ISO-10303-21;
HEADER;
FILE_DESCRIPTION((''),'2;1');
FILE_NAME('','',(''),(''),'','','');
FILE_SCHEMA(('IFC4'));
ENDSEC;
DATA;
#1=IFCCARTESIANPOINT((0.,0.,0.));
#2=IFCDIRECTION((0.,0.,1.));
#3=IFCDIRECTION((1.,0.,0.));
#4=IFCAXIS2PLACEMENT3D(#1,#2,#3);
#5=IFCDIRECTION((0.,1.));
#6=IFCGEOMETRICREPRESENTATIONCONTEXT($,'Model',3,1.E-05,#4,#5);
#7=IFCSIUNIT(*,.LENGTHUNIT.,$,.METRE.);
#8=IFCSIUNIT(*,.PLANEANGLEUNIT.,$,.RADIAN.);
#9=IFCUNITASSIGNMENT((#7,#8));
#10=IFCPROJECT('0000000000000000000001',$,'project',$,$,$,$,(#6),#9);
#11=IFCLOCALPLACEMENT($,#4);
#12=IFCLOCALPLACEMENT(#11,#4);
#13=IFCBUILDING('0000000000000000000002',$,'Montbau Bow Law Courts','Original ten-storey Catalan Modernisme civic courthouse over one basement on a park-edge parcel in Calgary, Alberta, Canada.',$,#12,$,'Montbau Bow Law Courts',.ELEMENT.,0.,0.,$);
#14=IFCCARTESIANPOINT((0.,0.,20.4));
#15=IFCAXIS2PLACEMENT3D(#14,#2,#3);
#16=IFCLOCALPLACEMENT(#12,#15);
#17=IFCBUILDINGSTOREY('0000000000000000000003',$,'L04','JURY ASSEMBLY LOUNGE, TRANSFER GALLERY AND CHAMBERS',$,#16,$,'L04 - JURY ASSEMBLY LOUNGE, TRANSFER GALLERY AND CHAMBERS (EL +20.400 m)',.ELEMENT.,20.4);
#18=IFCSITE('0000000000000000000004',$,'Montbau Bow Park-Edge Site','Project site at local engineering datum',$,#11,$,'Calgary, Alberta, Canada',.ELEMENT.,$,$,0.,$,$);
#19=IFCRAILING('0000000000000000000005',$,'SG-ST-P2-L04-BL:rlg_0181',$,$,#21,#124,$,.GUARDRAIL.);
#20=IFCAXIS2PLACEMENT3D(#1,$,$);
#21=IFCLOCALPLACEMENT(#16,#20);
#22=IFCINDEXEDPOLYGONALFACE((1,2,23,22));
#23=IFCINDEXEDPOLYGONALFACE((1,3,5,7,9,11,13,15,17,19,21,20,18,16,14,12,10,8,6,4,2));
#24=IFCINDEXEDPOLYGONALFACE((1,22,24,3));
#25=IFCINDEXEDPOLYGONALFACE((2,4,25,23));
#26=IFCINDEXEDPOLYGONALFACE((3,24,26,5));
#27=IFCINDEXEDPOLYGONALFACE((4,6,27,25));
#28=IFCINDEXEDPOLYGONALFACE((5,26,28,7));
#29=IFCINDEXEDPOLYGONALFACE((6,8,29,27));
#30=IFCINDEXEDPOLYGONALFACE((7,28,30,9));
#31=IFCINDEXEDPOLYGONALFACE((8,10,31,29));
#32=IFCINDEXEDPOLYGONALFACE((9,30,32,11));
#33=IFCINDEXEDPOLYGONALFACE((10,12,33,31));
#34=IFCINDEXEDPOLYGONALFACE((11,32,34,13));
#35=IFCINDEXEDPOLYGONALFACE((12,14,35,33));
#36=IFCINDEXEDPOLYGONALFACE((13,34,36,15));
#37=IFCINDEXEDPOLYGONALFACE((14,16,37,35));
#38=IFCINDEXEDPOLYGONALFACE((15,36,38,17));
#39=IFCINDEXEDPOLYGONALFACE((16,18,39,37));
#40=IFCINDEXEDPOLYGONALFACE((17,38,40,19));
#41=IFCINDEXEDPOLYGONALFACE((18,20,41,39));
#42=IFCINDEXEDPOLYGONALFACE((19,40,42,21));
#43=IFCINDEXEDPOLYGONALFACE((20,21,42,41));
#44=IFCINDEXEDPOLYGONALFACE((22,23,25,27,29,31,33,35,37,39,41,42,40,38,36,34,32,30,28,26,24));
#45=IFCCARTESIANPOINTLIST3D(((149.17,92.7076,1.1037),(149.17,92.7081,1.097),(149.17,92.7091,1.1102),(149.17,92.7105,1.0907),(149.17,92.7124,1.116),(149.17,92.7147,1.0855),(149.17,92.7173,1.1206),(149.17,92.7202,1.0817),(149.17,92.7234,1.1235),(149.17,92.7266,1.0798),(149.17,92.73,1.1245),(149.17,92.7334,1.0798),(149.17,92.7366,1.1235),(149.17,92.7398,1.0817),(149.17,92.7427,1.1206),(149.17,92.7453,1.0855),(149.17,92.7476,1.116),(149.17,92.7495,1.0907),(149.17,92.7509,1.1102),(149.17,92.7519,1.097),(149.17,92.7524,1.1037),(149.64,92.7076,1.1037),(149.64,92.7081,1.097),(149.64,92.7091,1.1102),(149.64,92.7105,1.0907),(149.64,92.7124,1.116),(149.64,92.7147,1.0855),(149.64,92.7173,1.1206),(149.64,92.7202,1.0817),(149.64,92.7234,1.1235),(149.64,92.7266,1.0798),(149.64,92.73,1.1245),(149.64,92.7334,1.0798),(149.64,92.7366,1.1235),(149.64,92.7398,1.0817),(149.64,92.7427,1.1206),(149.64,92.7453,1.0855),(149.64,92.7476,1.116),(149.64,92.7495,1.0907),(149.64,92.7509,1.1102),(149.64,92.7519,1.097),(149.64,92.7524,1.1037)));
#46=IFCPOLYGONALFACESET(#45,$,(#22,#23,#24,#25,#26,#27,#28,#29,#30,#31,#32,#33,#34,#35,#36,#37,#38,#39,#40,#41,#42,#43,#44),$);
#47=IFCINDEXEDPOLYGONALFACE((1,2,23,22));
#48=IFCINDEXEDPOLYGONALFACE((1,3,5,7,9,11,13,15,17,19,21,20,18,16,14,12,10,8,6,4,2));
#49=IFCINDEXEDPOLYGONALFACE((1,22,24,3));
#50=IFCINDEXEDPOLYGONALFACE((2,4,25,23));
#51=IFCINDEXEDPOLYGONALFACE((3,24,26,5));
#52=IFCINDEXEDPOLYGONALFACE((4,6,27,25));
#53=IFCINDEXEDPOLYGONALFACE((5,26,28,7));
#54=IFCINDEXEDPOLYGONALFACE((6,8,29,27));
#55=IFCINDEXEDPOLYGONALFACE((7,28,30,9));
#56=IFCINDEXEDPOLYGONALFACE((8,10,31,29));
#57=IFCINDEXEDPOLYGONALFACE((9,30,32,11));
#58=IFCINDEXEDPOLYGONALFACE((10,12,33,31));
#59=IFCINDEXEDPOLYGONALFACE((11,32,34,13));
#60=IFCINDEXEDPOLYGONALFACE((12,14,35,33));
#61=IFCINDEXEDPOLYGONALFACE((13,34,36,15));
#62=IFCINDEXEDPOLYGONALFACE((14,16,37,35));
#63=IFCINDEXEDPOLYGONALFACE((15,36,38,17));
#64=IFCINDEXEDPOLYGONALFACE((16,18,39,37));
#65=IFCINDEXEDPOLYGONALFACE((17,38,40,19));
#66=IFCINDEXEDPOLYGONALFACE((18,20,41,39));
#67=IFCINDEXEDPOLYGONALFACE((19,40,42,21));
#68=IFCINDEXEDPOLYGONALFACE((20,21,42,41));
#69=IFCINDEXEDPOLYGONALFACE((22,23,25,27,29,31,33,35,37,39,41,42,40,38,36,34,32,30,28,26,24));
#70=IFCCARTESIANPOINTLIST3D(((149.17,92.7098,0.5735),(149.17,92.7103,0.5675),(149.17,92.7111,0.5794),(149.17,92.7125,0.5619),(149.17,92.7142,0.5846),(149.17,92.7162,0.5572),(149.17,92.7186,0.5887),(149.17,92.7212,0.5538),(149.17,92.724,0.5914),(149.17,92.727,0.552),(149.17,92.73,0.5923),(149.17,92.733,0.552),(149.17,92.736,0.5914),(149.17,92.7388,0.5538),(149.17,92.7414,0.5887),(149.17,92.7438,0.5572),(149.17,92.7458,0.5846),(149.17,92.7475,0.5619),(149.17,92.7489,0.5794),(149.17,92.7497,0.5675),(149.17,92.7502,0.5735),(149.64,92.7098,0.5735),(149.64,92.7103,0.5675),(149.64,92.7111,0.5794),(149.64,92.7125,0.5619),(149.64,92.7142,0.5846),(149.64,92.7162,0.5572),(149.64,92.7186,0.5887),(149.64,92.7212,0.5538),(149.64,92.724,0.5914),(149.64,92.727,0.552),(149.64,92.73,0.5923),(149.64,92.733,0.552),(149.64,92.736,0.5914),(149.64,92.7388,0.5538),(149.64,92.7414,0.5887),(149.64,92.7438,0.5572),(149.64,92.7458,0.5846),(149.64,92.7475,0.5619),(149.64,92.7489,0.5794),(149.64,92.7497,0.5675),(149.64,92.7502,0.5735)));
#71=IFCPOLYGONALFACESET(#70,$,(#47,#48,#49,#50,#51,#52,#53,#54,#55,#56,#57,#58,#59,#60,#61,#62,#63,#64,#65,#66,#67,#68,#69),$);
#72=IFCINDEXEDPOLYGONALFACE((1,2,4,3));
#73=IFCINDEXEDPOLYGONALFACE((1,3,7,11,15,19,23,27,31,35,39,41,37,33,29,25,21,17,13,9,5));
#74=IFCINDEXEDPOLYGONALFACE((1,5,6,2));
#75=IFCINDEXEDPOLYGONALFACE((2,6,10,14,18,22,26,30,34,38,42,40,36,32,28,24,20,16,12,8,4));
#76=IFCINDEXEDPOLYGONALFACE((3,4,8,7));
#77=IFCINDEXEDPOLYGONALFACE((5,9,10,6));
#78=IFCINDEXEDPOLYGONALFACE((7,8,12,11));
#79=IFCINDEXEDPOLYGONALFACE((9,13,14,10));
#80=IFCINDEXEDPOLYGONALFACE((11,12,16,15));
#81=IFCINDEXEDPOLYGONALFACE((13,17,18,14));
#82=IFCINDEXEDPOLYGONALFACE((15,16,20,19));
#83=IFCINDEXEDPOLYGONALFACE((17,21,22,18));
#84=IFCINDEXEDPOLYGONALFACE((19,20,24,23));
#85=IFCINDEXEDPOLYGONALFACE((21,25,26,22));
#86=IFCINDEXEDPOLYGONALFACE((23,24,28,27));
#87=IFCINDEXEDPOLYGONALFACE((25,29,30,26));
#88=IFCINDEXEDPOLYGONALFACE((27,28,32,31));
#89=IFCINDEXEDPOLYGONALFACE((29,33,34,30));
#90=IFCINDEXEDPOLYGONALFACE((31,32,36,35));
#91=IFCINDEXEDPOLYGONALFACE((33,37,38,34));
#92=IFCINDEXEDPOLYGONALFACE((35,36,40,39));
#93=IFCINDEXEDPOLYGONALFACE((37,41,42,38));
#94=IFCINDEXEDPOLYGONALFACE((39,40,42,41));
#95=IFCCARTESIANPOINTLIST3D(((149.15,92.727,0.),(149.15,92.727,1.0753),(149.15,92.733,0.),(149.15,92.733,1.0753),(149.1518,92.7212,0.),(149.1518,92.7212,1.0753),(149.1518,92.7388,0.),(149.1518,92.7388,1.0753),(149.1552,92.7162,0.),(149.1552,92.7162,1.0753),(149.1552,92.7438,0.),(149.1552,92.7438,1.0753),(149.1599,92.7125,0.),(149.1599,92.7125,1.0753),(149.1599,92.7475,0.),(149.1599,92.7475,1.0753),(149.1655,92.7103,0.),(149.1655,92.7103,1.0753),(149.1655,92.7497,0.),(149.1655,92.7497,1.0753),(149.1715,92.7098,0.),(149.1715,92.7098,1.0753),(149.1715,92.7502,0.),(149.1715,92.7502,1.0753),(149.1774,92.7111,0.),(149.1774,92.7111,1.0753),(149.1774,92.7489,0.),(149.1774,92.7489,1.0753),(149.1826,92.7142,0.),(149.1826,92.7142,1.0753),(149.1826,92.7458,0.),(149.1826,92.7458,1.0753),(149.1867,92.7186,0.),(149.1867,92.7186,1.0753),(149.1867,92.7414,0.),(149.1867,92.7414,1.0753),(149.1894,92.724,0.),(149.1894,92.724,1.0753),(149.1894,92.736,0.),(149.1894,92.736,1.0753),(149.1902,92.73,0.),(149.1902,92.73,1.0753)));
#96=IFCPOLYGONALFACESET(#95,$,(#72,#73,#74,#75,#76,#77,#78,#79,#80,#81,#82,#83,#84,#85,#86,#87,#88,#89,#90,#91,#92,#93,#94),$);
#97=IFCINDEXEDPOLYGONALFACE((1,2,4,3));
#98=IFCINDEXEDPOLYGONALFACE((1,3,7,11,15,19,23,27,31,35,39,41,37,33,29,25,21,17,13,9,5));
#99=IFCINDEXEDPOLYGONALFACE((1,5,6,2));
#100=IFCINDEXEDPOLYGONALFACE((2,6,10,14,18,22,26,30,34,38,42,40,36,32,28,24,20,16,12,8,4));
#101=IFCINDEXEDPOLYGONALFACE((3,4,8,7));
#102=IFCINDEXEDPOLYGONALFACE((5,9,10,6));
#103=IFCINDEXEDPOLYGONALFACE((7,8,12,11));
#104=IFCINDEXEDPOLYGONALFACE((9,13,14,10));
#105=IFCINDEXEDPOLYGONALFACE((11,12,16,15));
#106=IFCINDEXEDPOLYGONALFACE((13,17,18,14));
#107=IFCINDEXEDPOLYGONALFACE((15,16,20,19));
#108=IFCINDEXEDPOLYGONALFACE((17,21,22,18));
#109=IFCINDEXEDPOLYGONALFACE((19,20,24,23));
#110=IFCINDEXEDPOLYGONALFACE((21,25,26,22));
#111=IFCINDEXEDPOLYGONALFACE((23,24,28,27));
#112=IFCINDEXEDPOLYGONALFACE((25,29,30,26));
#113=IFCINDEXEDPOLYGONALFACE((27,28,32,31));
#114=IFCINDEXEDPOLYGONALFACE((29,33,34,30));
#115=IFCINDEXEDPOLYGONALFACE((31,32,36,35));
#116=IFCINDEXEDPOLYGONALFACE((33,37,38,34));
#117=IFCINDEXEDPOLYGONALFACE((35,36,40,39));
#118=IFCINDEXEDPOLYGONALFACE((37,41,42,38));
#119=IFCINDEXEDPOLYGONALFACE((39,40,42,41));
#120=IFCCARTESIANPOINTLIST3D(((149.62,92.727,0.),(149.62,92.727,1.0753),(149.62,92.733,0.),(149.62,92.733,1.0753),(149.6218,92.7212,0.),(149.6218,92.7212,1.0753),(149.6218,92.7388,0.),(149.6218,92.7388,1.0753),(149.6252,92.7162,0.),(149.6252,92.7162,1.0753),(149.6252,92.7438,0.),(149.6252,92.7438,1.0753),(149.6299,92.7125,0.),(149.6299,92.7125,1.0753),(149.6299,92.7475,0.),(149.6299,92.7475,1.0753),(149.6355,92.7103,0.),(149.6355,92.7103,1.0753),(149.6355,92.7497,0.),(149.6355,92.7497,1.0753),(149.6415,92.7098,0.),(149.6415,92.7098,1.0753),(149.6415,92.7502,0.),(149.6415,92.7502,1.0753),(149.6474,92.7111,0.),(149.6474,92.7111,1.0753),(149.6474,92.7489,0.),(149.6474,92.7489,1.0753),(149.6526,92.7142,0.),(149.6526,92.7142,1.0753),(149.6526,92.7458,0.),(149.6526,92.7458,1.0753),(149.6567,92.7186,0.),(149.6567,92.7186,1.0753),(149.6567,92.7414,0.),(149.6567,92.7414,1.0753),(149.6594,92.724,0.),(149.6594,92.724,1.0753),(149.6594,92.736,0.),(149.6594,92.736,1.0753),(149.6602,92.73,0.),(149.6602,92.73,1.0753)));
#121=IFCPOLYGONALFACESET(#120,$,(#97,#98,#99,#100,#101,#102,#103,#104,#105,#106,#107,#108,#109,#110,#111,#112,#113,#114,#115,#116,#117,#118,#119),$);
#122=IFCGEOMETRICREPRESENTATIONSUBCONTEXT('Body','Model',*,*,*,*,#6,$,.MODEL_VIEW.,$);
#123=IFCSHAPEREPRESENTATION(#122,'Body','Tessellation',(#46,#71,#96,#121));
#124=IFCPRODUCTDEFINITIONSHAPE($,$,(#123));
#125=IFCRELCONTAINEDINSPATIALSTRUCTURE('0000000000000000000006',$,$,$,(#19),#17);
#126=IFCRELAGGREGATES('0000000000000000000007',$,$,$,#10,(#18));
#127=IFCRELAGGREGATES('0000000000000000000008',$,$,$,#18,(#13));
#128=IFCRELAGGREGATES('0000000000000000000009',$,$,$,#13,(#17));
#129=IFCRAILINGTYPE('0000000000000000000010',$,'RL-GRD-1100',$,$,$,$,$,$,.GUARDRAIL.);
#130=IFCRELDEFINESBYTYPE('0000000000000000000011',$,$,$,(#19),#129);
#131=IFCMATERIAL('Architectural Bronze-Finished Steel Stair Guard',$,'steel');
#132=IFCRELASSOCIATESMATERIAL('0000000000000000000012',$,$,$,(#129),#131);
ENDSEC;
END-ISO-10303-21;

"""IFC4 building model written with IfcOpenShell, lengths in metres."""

from ifc_helpers import new_model, si_unit, direction, frame, origin_with_axes, origin_2d_with_axis, place, context, subcontext, project, spatial, circle, extrude, material, type_object, element, save


model = new_model("IFC4")

# Units and contexts
model_context = context("Model", 3, precision=1e-05, world=origin_with_axes(), true_north=direction((0.0, 1.0)))
body_context = subcontext(model_context, "Body", "Model", "MODEL_VIEW")
ifc_project = project(units=[si_unit("LENGTHUNIT", "METRE"), si_unit("PLANEANGLEUNIT", "RADIAN")], contexts=[model_context])

# Site, building, storey
site_placement = place(None, origin_with_axes())
site = spatial("IfcSite", under=ifc_project, at=site_placement, Name="Montbau Bow Park-Edge Site", Description="Project site at local engineering datum", LongName="Calgary, Alberta, Canada", CompositionType="ELEMENT", RefElevation=0.0)
building_placement = place(site_placement, origin_with_axes())
building = spatial("IfcBuilding", under=site, at=building_placement, Name="Montbau Bow Law Courts", Description="Original ten-storey Catalan Modernisme civic courthouse over one basement on a park-edge parcel in Calgary, Alberta, Canada.", LongName="Montbau Bow Law Courts", CompositionType="ELEMENT", ElevationOfRefHeight=0.0, ElevationOfTerrain=0.0)
storey_placement = place(building_placement, frame((0.0, 0.0, 20.4), z_axis=(0.0, 0.0, 1.0), x_axis=(1.0, 0.0, 0.0)))
storey = spatial("IfcBuildingStorey", under=building, at=storey_placement, Name="L04", Description="JURY ASSEMBLY LOUNGE, TRANSFER GALLERY AND CHAMBERS", LongName="L04 - JURY ASSEMBLY LOUNGE, TRANSFER GALLERY AND CHAMBERS (EL +20.400 m)", CompositionType="ELEMENT", Elevation=20.4)

# Railing
ifc_material_1 = material(Name="Architectural Bronze-Finished Steel Stair Guard", Category="steel")
railing_type_1 = type_object("IfcRailingType", Name="RL-GRD-1100", PredefinedType="GUARDRAIL", material=ifc_material_1)
railing_1_placement = place(None, origin_with_axes())
element("IfcRailing", 1, at=railing_1_placement, inside=storey, type_object=railing_type_1, Name="SG-ST-P2-L04-BL:rlg_0181", PredefinedType="GUARDRAIL", context=body_context, shape_type="SweptSolid", body=[
    extrude(circle(Radius=0.0225, at=origin_2d_with_axis()), frame((149.17, 92.73, 21.502), z_axis=(1.0, 0.0, 0.0), x_axis=(0.0, 0.0, 1.0)), (0.0, 0.0, 1.0), 0.47),
    extrude(circle(Radius=0.0203, at=origin_2d_with_axis()), frame((149.17, 92.73, 20.972), z_axis=(1.0, 0.0, 0.0), x_axis=(0.0, 0.0, 1.0)), (0.0, 0.0, 1.0), 0.47),
    extrude(circle(Radius=0.0203, at=origin_2d_with_axis()), frame((149.17, 92.73, 20.4), z_axis=(0.0, 0.0, 1.0), x_axis=(1.0, 0.0, 0.0)), (0.0, 0.0, 1.0), 1.0753),
    extrude(circle(Radius=0.0203, at=origin_2d_with_axis()), frame((149.64, 92.73, 20.4), z_axis=(0.0, 0.0, 1.0), x_axis=(1.0, 0.0, 0.0)), (0.0, 0.0, 1.0), 1.0753),
])

save(model, "model.ifc")
